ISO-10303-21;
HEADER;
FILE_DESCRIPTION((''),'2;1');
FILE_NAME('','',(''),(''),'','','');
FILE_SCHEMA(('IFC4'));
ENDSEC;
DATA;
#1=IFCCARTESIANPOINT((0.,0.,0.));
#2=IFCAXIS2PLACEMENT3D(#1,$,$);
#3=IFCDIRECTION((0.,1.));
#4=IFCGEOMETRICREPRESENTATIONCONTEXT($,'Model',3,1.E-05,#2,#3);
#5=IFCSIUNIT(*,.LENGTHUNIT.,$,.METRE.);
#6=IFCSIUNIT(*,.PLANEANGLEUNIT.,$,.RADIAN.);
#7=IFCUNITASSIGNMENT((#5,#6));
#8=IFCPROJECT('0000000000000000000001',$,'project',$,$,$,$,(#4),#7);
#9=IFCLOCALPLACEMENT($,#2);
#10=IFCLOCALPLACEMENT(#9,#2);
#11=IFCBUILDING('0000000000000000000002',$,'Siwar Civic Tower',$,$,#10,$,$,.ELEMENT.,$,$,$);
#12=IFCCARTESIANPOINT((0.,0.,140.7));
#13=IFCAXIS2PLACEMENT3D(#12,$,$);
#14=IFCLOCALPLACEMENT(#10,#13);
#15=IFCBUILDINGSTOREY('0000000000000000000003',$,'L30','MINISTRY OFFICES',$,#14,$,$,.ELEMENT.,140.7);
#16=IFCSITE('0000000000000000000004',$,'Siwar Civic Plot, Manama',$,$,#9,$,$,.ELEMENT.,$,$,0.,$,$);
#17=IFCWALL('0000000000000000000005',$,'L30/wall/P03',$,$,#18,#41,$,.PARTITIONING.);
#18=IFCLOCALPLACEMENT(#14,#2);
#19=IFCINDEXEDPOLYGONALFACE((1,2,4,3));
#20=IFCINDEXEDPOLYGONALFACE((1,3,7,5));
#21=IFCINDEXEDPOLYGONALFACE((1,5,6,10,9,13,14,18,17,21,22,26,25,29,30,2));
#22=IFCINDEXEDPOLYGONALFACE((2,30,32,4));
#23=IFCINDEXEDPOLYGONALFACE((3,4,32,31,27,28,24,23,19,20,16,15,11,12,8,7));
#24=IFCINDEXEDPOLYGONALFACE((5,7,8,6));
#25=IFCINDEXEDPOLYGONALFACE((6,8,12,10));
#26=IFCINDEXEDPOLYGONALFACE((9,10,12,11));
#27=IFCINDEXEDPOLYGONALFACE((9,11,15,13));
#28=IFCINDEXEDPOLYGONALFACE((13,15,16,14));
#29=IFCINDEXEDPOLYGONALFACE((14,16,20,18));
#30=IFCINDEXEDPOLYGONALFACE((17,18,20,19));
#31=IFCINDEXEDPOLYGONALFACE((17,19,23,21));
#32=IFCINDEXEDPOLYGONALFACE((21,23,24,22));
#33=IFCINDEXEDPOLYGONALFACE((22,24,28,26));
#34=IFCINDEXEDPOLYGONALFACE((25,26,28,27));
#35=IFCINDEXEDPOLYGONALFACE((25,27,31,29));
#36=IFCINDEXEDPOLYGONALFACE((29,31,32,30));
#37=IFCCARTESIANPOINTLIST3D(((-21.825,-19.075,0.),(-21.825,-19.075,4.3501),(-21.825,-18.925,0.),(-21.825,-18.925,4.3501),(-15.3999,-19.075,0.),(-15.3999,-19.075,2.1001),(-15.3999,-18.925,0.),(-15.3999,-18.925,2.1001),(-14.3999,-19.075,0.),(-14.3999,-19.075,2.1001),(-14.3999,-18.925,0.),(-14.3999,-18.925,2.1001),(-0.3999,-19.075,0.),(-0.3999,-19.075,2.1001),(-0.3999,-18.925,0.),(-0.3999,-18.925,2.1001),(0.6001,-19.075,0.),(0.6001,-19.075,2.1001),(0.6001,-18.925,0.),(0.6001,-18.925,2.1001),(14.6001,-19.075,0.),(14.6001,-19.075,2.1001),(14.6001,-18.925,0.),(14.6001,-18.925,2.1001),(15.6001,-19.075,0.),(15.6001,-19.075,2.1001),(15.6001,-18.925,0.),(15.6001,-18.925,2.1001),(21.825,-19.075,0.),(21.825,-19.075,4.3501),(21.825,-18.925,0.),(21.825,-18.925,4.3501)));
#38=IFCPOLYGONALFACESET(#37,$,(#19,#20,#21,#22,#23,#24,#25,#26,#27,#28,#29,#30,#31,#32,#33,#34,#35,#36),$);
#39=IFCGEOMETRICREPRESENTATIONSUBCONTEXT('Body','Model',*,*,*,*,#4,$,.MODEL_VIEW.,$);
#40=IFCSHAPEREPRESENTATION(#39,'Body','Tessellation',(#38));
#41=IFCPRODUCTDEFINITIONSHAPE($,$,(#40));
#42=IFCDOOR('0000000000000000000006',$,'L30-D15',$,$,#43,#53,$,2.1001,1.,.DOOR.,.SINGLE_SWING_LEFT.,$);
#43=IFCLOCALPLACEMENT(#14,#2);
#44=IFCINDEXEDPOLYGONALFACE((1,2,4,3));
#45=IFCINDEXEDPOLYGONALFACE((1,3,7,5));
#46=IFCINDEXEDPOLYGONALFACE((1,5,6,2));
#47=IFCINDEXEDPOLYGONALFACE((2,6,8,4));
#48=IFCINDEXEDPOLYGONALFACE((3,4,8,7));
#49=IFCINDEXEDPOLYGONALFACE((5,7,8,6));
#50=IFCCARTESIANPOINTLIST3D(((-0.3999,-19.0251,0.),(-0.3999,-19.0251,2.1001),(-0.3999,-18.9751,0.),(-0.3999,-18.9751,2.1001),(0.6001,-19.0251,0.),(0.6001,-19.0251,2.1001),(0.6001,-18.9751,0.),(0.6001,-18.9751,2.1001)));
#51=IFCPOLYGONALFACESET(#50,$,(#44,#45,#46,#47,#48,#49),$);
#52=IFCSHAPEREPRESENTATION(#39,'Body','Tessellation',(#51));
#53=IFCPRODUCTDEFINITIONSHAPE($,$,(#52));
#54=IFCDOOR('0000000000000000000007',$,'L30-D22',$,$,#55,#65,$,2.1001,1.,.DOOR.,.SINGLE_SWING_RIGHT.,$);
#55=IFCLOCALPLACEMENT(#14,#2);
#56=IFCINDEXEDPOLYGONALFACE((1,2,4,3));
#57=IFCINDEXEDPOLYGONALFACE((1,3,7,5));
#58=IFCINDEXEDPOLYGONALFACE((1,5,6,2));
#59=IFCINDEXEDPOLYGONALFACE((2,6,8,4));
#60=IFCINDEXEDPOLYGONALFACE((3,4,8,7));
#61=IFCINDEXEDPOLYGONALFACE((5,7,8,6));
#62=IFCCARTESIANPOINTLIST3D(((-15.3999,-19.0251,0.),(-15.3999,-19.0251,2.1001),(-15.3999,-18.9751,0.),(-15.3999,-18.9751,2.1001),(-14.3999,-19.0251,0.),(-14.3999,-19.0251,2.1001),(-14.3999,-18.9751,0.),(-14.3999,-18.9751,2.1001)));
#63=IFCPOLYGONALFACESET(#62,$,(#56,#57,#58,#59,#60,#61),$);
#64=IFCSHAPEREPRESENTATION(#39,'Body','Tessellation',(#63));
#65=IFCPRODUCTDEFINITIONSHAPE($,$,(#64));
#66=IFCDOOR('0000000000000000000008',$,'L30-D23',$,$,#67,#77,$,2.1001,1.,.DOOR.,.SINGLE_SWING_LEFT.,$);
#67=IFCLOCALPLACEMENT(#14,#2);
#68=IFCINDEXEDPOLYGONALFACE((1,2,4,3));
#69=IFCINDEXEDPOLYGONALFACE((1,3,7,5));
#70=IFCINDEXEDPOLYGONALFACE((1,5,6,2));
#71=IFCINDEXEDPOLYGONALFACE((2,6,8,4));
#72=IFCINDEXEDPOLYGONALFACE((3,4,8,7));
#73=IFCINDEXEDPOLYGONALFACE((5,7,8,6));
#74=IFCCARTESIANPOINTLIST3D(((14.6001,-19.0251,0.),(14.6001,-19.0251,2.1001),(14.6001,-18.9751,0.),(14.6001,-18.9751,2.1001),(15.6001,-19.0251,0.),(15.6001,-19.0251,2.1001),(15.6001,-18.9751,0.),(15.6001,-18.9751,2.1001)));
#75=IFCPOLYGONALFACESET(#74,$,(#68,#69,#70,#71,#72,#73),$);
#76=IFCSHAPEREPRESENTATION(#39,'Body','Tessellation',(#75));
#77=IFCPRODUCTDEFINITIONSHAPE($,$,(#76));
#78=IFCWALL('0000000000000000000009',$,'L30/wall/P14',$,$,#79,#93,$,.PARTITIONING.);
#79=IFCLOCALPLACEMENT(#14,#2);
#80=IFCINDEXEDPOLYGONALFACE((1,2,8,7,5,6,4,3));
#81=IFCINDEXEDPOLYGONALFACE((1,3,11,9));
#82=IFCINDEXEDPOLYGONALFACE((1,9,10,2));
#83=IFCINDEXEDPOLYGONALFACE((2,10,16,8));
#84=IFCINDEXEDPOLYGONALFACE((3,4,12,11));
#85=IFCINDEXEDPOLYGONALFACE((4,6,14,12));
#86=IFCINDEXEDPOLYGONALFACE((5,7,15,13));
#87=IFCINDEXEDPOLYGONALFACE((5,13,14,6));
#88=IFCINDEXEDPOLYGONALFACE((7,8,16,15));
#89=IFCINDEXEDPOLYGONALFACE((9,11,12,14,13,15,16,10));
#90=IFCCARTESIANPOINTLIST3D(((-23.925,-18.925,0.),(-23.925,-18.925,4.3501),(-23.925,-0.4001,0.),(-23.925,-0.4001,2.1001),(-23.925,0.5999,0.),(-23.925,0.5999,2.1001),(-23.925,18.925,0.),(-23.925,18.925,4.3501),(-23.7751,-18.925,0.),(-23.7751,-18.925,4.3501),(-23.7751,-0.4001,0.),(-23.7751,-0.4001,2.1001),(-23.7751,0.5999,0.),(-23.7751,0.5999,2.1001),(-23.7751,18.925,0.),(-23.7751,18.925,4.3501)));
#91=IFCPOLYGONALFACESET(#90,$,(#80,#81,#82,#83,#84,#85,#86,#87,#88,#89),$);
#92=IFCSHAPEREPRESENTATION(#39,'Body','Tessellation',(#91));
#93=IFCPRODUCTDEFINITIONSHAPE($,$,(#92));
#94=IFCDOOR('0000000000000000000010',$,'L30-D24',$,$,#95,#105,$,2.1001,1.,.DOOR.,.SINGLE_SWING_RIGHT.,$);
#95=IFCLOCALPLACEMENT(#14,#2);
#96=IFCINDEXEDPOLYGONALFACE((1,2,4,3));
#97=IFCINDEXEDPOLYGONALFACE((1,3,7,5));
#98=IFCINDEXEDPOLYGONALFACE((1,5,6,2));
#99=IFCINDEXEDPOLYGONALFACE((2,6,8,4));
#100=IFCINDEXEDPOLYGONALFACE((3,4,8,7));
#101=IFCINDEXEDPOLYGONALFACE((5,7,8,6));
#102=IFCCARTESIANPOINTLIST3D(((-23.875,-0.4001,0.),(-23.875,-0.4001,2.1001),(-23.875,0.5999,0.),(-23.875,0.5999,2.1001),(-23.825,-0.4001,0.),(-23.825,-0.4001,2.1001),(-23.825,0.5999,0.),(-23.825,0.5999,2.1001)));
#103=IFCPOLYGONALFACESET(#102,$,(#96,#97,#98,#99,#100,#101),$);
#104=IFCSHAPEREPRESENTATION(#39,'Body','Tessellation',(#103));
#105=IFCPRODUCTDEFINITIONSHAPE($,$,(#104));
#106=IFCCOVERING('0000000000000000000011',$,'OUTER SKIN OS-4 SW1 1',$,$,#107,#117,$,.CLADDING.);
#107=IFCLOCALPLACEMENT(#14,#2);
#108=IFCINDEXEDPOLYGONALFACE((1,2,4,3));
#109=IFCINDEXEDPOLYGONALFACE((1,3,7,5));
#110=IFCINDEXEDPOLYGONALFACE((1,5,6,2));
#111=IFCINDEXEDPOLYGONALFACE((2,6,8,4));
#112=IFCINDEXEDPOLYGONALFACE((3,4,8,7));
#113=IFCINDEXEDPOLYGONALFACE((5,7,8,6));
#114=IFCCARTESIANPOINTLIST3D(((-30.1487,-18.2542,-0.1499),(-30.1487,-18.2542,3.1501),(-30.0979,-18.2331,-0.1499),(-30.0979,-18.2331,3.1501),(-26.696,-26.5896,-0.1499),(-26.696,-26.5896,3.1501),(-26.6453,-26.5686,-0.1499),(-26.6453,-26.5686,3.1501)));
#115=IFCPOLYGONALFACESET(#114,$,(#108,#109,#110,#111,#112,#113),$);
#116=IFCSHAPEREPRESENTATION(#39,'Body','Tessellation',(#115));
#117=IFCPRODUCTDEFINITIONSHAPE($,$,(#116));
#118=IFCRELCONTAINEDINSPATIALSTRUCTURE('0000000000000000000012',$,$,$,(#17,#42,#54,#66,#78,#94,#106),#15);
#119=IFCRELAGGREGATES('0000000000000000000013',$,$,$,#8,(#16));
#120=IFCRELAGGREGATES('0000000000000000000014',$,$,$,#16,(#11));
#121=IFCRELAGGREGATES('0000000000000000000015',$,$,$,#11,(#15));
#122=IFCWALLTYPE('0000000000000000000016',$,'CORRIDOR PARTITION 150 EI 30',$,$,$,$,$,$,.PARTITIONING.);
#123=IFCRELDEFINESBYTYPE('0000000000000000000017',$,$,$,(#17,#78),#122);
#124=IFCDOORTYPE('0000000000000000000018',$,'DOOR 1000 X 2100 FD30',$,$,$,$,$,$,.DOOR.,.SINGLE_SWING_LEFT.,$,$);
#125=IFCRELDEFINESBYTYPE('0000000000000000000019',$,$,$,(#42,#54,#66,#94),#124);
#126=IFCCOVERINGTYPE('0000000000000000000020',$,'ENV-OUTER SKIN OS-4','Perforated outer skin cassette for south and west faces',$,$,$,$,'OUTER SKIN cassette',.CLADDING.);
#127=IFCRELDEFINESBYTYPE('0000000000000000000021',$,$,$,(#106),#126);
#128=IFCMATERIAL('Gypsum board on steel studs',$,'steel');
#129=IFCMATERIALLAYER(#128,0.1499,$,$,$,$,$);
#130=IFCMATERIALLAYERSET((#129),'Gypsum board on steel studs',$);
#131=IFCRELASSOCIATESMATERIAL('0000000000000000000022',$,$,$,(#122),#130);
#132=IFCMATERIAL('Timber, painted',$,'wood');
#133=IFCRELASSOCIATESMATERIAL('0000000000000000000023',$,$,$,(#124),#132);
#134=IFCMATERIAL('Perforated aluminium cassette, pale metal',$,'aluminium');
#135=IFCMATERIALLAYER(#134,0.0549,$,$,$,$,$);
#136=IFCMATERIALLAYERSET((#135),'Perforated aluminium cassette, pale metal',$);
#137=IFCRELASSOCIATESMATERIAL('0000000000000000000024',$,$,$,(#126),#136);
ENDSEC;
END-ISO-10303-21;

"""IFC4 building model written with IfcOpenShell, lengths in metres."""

from ifc_helpers import new_model, si_unit, direction, frame, frame_2d, origin, origin_2d, place, context, subcontext, project, spatial, rectangle, extrude, material, layer, layer_set, type_object, element, fill, save


model = new_model("IFC4")

# Units and contexts
model_context = context("Model", 3, precision=1e-05, world=origin(), true_north=direction((0.0, 1.0)))
body_context = subcontext(model_context, "Body", "Model", "MODEL_VIEW")
ifc_project = project(units=[si_unit("LENGTHUNIT", "METRE"), si_unit("PLANEANGLEUNIT", "RADIAN")], contexts=[model_context])

# Site, building, storey
site_placement = place(None, origin())
site = spatial("IfcSite", under=ifc_project, at=site_placement, Name="Siwar Civic Plot, Manama", CompositionType="ELEMENT", RefElevation=0.0)
building_placement = place(site_placement, origin())
building = spatial("IfcBuilding", under=site, at=building_placement, Name="Siwar Civic Tower", CompositionType="ELEMENT")
storey_placement = place(building_placement, frame((0.0, 0.0, 140.7)))
storey = spatial("IfcBuildingStorey", under=building, at=storey_placement, Name="L30", Description="MINISTRY OFFICES", CompositionType="ELEMENT", Elevation=140.7)

# Shared definitions
ifc_material_1 = material(Name="Gypsum board on steel studs", Category="steel")
ifc_layer_1 = layer(ifc_material_1, 0.1499)
ifc_layer_set_1 = layer_set([ifc_layer_1], Name="Gypsum board on steel studs")
wall_type = type_object("IfcWallType", Name="CORRIDOR PARTITION 150 EI 30", PredefinedType="PARTITIONING", material=ifc_layer_set_1)
ifc_material_2 = material(Name="Timber, painted", Category="wood")
door_type = type_object("IfcDoorType", Name="DOOR 1000 X 2100 FD30", OperationType="SINGLE_SWING_LEFT", PredefinedType="DOOR", material=ifc_material_2)

# Wall, openings, doors
wall_1_placement = place(storey_placement, frame((-21.825, -19.0, 0.0), z_axis=(0.0, 0.0, 1.0), x_axis=(1.0, 0.0, 0.0)))
wall_1 = element("IfcWall", 1, at=wall_1_placement, inside=storey, type_object=wall_type, Name="L30/wall/P03", PredefinedType="PARTITIONING", context=body_context, shape_type="SweptSolid", body=[
    extrude(rectangle(XDim=43.6499, YDim=0.1499, at=frame_2d((21.825, 0.0))), origin(), (0.0, 0.0, 1.0), 4.3501),
])
opening_1_placement = place(wall_1_placement, frame((21.425, 0.0, 0.0)))
opening_1 = element("IfcOpeningElement", 2, at=opening_1_placement, cuts=wall_1, PredefinedType="OPENING", context=body_context, shape_type="SweptSolid", body=[
    extrude(rectangle(XDim=1.0, YDim=2.1001, at=frame_2d((0.5, 1.05))), frame((0.0, 0.085, 0.0), z_axis=(0.0, -1.0, 0.0), x_axis=(1.0, 0.0, 0.0)), (0.0, 0.0, 1.0), 0.1699),
])
opening_2_placement = place(wall_1_placement, frame((6.425, 0.0, 0.0)))
opening_2 = element("IfcOpeningElement", 3, at=opening_2_placement, cuts=wall_1, PredefinedType="OPENING", context=body_context, shape_type="SweptSolid", body=[
    extrude(rectangle(XDim=1.0, YDim=2.1001, at=frame_2d((0.5, 1.05))), frame((0.0, 0.085, 0.0), z_axis=(0.0, -1.0, 0.0), x_axis=(1.0, 0.0, 0.0)), (0.0, 0.0, 1.0), 0.1699),
])
opening_3_placement = place(wall_1_placement, frame((36.425, 0.0, 0.0)))
opening_3 = element("IfcOpeningElement", 4, at=opening_3_placement, cuts=wall_1, PredefinedType="OPENING", context=body_context, shape_type="SweptSolid", body=[
    extrude(rectangle(XDim=1.0, YDim=2.1001, at=frame_2d((0.5, 1.05))), frame((0.0, 0.085, 0.0), z_axis=(0.0, -1.0, 0.0), x_axis=(1.0, 0.0, 0.0)), (0.0, 0.0, 1.0), 0.1699),
])
door_1_placement = place(opening_1_placement, origin())
door_1 = element("IfcDoor", 5, at=door_1_placement, inside=storey, type_object=door_type, Name="L30-D15", OperationType="SINGLE_SWING_LEFT", OverallHeight=2.1001, OverallWidth=1.0, PredefinedType="DOOR", context=body_context, shape_type="SweptSolid", body=[
    extrude(rectangle(XDim=1.0, YDim=2.1001, at=frame_2d((0.5, 1.05))), frame((0.0, 0.0249, 0.0), z_axis=(0.0, -1.0, 0.0), x_axis=(1.0, 0.0, 0.0)), (0.0, 0.0, 1.0), 0.05),
])
fill(opening_1, door_1)
door_2_placement = place(opening_2_placement, origin())
door_2 = element("IfcDoor", 6, at=door_2_placement, inside=storey, type_object=door_type, Name="L30-D22", OperationType="SINGLE_SWING_RIGHT", OverallHeight=2.1001, OverallWidth=1.0, PredefinedType="DOOR", context=body_context, shape_type="SweptSolid", body=[
    extrude(rectangle(XDim=1.0, YDim=2.1001, at=frame_2d((0.5, 1.05))), frame((0.0, 0.0249, 0.0), z_axis=(0.0, -1.0, 0.0), x_axis=(1.0, 0.0, 0.0)), (0.0, 0.0, 1.0), 0.05),
])
fill(opening_2, door_2)
door_3_placement = place(opening_3_placement, origin())
door_3 = element("IfcDoor", 7, at=door_3_placement, inside=storey, type_object=door_type, Name="L30-D23", OperationType="SINGLE_SWING_LEFT", OverallHeight=2.1001, OverallWidth=1.0, PredefinedType="DOOR", context=body_context, shape_type="SweptSolid", body=[
    extrude(rectangle(XDim=1.0, YDim=2.1001, at=frame_2d((0.5, 1.05))), frame((0.0, 0.0249, 0.0), z_axis=(0.0, -1.0, 0.0), x_axis=(1.0, 0.0, 0.0)), (0.0, 0.0, 1.0), 0.05),
])
fill(opening_3, door_3)

# Wall, opening, door
wall_2_placement = place(storey_placement, frame((-23.8501, -18.925, 0.0), z_axis=(0.0, 0.0, 1.0), x_axis=(0.0, 1.0, 0.0)))
wall_2 = element("IfcWall", 8, at=wall_2_placement, inside=storey, type_object=wall_type, Name="L30/wall/P14", PredefinedType="PARTITIONING", context=body_context, shape_type="SweptSolid", body=[
    extrude(rectangle(XDim=37.8501, YDim=0.1499, at=frame_2d((18.925, 0.0))), origin(), (0.0, 0.0, 1.0), 4.3501),
])
opening_4_placement = place(wall_2_placement, frame((18.5249, 0.0, 0.0)))
opening_4 = element("IfcOpeningElement", 9, at=opening_4_placement, cuts=wall_2, PredefinedType="OPENING", context=body_context, shape_type="SweptSolid", body=[
    extrude(rectangle(XDim=1.0, YDim=2.1001, at=frame_2d((0.5, 1.05))), frame((0.0, 0.085, 0.0), z_axis=(0.0, -1.0, 0.0), x_axis=(1.0, 0.0, 0.0)), (0.0, 0.0, 1.0), 0.1699),
])
door_4_placement = place(opening_4_placement, origin())
door_4 = element("IfcDoor", 10, at=door_4_placement, inside=storey, type_object=door_type, Name="L30-D24", OperationType="SINGLE_SWING_RIGHT", OverallHeight=2.1001, OverallWidth=1.0, PredefinedType="DOOR", context=body_context, shape_type="SweptSolid", body=[
    extrude(rectangle(XDim=1.0, YDim=2.1001, at=frame_2d((0.5, 1.05))), frame((0.0, 0.0249, 0.0), z_axis=(0.0, -1.0, 0.0), x_axis=(1.0, 0.0, 0.0)), (0.0, 0.0, 1.0), 0.05),
])
fill(opening_4, door_4)

# Covering
ifc_material_3 = material(Name="Perforated aluminium cassette, pale metal", Category="aluminium")
ifc_layer_2 = layer(ifc_material_3, 0.0549)
ifc_layer_set_2 = layer_set([ifc_layer_2], Name="Perforated aluminium cassette, pale metal")
covering_type = type_object("IfcCoveringType", Name="ENV-OUTER SKIN OS-4", Description="Perforated outer skin cassette for south and west faces", ElementType="OUTER SKIN cassette", PredefinedType="CLADDING", material=ifc_layer_set_2)
covering_placement = place(storey_placement, frame((-28.397, -22.4114, -0.1499), z_axis=(0.0, 0.0, 1.0), x_axis=(0.382683, -0.92388, 0.0)))
element("IfcCovering", 11, at=covering_placement, inside=storey, type_object=covering_type, Name="OUTER SKIN OS-4 SW1 1", PredefinedType="CLADDING", context=body_context, shape_type="SweptSolid", body=[
    extrude(rectangle(XDim=9.0222, YDim=0.0549, at=origin_2d()), origin(), (0.0, 0.0, 1.0), 3.3),
])

save(model, "model.ifc")
